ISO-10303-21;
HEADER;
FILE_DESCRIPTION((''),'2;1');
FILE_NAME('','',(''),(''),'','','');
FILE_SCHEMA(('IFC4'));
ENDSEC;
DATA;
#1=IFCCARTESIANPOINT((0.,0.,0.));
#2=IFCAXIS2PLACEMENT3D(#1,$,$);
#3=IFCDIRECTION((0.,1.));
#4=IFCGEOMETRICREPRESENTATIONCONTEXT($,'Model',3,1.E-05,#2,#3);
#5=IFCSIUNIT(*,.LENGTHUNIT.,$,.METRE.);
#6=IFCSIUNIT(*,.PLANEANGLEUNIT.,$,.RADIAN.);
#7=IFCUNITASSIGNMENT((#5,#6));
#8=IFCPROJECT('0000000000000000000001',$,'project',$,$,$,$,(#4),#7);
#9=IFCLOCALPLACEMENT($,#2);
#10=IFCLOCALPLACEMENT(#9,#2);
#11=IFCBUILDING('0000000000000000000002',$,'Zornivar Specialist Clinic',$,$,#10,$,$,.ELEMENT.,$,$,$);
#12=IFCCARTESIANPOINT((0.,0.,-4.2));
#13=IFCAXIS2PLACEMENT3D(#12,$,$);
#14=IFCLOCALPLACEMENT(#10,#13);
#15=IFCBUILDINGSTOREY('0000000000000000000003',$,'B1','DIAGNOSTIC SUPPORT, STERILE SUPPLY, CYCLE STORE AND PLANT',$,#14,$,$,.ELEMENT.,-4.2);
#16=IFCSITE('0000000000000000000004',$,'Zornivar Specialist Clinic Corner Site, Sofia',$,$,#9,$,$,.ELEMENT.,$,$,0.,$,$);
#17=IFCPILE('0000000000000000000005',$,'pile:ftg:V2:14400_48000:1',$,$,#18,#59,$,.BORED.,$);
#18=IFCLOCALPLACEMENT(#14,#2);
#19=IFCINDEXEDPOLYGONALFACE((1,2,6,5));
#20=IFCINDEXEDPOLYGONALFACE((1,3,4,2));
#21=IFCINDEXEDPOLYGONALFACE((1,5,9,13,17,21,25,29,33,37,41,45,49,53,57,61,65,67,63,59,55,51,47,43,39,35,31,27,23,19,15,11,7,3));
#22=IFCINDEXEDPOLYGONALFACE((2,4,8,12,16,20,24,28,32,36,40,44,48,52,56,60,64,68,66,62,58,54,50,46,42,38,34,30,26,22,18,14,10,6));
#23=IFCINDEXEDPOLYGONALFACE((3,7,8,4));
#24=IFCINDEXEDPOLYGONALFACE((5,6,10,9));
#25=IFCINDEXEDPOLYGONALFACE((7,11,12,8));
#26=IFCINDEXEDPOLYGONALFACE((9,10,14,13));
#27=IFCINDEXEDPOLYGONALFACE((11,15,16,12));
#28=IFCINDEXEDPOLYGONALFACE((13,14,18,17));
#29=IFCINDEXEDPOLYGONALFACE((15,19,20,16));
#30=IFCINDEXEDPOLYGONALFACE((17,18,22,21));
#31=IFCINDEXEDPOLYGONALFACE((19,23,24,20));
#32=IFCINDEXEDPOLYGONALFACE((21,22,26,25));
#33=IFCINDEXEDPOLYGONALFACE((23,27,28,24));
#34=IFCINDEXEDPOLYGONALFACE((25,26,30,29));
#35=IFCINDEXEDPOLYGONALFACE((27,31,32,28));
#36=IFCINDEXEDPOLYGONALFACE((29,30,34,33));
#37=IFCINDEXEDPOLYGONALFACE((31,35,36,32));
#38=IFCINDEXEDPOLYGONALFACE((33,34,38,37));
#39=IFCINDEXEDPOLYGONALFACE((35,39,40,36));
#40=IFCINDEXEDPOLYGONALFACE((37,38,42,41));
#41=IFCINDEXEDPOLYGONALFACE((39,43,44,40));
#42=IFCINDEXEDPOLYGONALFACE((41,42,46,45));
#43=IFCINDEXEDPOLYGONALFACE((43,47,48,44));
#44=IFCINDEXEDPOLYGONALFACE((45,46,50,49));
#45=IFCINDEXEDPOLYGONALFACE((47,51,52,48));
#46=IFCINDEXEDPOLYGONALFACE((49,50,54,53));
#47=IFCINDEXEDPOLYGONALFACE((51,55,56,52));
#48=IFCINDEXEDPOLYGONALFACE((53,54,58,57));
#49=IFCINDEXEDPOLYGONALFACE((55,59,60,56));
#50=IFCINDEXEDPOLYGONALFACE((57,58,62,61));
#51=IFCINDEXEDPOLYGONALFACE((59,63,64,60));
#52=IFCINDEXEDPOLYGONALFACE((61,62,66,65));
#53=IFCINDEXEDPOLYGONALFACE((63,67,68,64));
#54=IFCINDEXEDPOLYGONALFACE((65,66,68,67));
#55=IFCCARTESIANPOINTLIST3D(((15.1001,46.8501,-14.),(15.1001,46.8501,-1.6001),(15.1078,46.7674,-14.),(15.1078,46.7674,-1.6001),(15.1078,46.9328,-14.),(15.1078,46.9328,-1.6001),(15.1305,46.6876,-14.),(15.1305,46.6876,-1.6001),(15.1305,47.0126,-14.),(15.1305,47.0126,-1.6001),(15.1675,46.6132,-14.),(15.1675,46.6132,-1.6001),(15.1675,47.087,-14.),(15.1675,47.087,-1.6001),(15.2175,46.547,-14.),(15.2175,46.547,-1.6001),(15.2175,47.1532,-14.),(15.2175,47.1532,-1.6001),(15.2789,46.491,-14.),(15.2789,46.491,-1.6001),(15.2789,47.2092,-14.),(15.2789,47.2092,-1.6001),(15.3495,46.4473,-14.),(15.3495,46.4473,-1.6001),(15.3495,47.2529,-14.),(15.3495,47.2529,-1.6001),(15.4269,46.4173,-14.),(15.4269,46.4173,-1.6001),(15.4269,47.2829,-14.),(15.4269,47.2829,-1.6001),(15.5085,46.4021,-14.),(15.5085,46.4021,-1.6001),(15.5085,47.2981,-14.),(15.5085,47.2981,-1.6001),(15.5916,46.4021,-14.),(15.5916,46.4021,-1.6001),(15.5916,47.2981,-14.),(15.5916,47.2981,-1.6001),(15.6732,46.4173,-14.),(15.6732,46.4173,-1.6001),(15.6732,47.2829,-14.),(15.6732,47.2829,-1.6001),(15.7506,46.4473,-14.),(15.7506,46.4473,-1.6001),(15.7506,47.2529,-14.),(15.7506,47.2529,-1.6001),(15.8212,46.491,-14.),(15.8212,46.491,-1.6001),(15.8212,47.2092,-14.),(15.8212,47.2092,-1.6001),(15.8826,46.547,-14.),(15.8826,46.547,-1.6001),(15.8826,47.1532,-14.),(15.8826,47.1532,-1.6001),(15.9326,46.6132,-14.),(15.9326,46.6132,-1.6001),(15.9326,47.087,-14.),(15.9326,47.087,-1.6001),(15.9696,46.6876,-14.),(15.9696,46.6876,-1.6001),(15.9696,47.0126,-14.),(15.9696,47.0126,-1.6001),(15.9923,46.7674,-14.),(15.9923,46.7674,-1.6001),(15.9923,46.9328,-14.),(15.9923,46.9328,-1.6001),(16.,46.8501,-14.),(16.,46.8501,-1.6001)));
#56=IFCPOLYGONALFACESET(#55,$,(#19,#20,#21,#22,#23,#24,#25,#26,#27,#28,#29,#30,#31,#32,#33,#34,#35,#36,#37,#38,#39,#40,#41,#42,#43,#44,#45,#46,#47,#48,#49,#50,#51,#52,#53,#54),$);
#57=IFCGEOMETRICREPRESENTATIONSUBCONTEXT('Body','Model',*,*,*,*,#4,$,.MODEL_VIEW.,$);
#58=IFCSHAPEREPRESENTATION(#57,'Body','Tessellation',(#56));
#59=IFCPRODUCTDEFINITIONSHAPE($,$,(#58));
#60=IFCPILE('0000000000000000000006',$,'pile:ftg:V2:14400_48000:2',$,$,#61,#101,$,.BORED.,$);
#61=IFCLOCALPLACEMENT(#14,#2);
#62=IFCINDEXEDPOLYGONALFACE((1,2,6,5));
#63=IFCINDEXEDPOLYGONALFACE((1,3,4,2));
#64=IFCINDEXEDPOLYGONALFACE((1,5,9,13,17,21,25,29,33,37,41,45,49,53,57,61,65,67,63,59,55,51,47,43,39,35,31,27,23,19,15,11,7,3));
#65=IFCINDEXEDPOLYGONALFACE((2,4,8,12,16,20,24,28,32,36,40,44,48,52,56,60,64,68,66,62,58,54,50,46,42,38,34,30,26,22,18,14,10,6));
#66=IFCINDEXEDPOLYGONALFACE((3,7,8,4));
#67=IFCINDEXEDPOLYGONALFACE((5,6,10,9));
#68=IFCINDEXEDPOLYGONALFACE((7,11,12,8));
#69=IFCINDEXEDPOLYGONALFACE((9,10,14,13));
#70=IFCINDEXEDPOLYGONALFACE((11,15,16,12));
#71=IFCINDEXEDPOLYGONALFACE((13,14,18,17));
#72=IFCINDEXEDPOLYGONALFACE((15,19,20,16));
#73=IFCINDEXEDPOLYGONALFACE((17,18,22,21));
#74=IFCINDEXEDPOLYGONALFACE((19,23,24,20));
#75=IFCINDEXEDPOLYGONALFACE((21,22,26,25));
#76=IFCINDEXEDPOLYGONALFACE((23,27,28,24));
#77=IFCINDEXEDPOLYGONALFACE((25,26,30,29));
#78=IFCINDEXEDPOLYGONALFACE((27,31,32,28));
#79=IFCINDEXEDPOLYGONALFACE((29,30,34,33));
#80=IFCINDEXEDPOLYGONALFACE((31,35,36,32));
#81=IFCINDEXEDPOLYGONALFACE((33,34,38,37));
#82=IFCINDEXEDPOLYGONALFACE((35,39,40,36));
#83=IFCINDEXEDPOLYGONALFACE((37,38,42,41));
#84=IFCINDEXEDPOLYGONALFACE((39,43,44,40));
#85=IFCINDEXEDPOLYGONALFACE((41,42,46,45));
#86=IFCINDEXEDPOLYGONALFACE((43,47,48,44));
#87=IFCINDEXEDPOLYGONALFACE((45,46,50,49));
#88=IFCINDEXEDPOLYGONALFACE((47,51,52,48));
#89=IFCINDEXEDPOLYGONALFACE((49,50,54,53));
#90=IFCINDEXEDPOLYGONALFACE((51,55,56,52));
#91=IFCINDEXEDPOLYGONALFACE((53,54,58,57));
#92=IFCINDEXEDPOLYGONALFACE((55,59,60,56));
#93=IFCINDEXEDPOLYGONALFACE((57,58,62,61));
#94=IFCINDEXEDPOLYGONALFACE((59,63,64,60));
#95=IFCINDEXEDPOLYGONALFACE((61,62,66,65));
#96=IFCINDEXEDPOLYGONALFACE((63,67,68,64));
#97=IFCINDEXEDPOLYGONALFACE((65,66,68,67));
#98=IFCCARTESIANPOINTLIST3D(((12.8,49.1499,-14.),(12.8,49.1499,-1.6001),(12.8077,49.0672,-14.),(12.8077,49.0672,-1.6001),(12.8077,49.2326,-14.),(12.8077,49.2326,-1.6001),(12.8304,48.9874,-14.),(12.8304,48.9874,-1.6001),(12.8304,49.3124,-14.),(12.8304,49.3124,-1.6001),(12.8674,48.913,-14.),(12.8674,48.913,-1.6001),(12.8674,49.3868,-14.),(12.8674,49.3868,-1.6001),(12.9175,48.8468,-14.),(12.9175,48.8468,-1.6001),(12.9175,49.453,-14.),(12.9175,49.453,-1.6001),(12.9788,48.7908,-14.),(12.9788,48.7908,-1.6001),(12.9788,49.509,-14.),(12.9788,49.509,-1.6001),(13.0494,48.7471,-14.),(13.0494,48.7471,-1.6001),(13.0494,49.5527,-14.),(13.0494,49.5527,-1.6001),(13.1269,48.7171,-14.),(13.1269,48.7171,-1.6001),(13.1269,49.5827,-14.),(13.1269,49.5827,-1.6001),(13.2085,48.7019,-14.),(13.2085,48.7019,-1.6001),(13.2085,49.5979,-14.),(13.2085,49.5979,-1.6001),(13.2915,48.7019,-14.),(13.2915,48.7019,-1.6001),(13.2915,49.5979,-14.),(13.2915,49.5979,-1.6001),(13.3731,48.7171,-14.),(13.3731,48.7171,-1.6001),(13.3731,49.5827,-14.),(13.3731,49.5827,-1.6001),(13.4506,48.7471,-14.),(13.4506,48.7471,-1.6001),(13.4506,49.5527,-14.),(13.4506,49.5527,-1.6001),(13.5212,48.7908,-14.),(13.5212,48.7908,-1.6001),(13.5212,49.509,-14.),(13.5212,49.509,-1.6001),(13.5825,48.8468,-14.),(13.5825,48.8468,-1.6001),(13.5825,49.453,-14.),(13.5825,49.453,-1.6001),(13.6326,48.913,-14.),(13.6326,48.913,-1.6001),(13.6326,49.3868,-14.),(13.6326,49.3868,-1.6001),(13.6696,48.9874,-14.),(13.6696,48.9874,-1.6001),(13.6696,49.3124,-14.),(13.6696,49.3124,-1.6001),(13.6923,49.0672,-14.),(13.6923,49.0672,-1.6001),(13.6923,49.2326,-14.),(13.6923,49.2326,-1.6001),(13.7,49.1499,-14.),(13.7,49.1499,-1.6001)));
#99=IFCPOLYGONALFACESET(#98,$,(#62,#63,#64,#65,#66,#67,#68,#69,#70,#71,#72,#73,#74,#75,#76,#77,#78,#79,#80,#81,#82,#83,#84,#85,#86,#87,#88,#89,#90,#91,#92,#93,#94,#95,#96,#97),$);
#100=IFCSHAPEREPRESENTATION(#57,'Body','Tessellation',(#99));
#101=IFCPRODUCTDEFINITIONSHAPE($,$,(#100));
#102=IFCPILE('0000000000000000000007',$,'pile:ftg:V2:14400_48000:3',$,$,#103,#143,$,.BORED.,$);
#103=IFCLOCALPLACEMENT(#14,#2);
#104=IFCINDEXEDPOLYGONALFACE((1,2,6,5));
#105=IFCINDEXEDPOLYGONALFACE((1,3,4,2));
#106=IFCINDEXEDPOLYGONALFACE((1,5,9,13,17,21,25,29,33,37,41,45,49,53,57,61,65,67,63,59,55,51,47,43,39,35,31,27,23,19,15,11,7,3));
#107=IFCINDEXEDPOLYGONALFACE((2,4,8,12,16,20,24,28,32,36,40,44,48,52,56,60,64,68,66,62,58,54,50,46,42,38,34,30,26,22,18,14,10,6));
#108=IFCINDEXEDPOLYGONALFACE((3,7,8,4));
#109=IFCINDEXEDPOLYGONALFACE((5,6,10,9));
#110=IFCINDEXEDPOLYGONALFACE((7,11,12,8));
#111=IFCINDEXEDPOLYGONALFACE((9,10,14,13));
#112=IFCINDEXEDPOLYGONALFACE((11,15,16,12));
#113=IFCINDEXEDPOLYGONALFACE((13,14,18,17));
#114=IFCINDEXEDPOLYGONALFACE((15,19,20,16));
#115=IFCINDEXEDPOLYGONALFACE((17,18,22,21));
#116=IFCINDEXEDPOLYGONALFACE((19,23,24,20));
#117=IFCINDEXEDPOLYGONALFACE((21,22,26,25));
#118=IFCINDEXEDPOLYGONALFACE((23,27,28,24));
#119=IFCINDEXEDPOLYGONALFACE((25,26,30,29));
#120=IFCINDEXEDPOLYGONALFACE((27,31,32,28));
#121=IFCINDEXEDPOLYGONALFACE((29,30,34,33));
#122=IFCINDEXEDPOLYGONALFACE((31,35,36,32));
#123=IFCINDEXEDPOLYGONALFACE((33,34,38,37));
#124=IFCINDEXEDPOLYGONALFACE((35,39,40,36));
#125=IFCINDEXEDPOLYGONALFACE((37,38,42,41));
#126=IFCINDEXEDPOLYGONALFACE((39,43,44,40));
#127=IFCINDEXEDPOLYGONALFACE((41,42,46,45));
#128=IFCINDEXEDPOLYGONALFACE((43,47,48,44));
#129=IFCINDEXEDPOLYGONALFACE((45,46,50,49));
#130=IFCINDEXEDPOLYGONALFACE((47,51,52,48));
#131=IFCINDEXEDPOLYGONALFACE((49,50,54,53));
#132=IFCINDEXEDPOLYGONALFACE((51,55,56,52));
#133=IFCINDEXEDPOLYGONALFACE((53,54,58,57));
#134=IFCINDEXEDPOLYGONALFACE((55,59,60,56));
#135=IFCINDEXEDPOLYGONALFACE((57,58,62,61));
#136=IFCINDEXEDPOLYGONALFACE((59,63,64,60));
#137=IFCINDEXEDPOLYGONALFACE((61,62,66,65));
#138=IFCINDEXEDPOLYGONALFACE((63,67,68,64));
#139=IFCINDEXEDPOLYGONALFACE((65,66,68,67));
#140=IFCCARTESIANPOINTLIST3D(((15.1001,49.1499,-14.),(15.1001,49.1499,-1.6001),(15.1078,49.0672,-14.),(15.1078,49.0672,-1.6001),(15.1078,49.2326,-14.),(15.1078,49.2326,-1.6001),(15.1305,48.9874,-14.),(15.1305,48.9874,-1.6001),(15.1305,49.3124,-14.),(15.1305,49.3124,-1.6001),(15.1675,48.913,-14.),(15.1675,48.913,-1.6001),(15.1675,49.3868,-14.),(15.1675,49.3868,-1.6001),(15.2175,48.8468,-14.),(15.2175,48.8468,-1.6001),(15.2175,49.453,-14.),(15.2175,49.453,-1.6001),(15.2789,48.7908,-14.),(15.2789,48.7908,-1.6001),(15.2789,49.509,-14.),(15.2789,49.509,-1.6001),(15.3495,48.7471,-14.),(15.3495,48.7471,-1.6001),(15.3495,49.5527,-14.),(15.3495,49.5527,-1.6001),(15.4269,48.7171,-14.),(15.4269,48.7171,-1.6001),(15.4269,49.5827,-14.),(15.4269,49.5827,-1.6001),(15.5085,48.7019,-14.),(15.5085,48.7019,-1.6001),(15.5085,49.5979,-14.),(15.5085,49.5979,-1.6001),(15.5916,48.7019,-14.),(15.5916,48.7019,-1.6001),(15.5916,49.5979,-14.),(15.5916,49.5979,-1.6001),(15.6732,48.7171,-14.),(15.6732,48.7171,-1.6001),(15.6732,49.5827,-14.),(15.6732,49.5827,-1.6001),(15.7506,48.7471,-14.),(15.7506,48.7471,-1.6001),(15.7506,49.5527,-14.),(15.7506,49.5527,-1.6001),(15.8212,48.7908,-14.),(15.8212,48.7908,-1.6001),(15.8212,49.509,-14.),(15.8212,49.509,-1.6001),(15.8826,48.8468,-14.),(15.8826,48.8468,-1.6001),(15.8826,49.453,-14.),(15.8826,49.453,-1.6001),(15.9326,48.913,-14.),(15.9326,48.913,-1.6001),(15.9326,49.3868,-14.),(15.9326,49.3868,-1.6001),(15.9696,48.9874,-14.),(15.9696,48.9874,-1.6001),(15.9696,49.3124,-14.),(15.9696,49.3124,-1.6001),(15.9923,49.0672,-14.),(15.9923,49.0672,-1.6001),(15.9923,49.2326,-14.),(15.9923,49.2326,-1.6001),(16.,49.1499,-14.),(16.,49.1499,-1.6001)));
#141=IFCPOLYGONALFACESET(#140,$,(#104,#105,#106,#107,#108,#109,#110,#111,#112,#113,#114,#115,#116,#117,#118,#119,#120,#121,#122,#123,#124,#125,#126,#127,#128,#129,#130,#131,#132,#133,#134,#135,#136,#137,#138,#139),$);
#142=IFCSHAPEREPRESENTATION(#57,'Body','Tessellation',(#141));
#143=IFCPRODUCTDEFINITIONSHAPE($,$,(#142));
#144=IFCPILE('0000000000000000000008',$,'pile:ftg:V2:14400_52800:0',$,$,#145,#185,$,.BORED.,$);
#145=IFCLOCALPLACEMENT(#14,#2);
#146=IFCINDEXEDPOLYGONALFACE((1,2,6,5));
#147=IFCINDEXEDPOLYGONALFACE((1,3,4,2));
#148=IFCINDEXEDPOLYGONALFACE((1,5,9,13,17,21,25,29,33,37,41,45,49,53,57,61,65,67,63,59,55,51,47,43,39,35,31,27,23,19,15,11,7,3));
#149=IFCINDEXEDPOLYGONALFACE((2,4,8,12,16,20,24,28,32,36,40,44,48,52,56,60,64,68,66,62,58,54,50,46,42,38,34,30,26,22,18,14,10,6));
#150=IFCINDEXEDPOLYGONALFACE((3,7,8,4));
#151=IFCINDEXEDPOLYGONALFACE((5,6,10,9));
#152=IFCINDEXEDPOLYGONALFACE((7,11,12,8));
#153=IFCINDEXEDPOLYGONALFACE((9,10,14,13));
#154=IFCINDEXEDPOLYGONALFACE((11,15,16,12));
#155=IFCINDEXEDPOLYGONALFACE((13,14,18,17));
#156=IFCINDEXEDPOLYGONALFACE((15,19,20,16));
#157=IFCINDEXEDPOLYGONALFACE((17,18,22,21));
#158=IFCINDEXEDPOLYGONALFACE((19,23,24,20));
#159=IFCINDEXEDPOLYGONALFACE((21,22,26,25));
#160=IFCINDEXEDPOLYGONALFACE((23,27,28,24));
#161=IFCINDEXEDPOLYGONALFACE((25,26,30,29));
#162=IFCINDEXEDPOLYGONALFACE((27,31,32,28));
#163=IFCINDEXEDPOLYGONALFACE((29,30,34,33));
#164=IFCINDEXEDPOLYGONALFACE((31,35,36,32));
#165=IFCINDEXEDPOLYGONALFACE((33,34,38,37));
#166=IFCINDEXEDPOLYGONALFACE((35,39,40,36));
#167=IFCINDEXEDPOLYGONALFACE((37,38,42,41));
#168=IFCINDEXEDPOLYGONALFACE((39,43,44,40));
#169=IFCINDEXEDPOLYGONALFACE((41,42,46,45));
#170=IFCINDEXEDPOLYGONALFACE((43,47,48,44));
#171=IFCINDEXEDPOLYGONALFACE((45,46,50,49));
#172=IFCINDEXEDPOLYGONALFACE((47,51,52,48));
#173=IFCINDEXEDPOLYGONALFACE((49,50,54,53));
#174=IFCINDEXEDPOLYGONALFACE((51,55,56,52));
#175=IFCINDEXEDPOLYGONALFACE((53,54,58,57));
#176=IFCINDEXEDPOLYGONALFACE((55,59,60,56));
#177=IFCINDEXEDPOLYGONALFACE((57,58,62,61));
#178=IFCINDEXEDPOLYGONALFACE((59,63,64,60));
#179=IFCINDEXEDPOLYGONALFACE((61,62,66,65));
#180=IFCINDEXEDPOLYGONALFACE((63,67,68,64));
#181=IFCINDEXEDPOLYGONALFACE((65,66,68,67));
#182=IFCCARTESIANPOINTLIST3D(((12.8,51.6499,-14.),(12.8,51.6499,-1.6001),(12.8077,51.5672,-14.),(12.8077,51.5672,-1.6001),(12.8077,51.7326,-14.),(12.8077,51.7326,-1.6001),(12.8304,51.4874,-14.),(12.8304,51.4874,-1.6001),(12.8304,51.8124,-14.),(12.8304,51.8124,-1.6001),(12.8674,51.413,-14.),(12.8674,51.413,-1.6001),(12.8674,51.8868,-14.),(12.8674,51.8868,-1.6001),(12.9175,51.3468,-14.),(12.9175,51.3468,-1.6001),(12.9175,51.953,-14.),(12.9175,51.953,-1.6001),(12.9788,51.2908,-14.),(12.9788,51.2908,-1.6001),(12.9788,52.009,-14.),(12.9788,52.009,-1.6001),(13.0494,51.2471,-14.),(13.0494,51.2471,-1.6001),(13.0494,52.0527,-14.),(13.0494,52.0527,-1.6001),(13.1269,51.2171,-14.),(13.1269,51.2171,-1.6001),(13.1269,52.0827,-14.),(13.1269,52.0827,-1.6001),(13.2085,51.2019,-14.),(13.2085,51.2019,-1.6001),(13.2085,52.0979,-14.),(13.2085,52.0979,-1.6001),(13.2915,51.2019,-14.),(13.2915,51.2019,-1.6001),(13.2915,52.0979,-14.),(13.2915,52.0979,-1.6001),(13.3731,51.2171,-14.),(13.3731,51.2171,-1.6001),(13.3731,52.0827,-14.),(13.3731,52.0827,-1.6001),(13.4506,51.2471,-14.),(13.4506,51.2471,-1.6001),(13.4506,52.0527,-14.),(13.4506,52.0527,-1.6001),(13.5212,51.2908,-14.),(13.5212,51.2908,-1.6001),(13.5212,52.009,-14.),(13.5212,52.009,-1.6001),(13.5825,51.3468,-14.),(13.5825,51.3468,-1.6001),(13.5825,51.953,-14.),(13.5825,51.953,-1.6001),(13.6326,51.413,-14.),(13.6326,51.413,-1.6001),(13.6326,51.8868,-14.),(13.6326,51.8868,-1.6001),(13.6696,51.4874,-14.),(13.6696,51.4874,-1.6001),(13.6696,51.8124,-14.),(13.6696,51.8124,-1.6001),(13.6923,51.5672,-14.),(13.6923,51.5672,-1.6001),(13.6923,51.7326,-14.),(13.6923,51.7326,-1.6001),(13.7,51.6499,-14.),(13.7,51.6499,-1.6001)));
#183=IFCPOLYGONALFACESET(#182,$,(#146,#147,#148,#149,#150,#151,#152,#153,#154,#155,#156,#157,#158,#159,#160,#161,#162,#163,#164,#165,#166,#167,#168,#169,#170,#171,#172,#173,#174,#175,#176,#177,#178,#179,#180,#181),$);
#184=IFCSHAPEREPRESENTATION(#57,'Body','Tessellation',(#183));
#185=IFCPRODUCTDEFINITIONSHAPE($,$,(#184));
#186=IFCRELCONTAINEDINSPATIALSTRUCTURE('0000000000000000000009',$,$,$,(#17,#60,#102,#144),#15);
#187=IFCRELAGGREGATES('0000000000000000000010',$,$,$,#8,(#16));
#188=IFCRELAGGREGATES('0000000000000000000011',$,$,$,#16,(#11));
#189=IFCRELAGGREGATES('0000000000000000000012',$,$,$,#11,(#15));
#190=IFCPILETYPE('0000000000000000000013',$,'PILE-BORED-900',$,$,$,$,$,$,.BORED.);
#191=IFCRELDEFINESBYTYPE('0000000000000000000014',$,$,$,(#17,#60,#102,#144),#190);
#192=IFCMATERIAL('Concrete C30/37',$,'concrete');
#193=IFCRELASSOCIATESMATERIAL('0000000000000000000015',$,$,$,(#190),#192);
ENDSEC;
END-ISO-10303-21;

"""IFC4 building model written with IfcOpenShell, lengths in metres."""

from ifc_helpers import new_model, si_unit, direction, frame, origin, origin_2d, place, context, subcontext, project, spatial, circle, extrude, material, material_profile, profile_set, type_object, element, save


model = new_model("IFC4")

# Units and contexts
model_context = context("Model", 3, precision=1e-05, world=origin(), true_north=direction((0.0, 1.0)))
body_context = subcontext(model_context, "Body", "Model", "MODEL_VIEW")
ifc_project = project(units=[si_unit("LENGTHUNIT", "METRE"), si_unit("PLANEANGLEUNIT", "RADIAN")], contexts=[model_context])

# Site, building, storey
site_placement = place(None, origin())
site = spatial("IfcSite", under=ifc_project, at=site_placement, Name="Zornivar Specialist Clinic Corner Site, Sofia", CompositionType="ELEMENT", RefElevation=0.0)
building_placement = place(site_placement, origin())
building = spatial("IfcBuilding", under=site, at=building_placement, Name="Zornivar Specialist Clinic", CompositionType="ELEMENT")
storey_placement = place(building_placement, frame((0.0, 0.0, -4.2)))
storey = spatial("IfcBuildingStorey", under=building, at=storey_placement, Name="B1", Description="DIAGNOSTIC SUPPORT, STERILE SUPPLY, CYCLE STORE AND PLANT", CompositionType="ELEMENT", Elevation=-4.2)

# Piles
ifc_material_1 = material(Name="Concrete C30/37", Category="concrete")
ifc_material_profile_1 = material_profile(ifc_material_1, circle(Radius=0.45, at=origin_2d()), Name="PILE D900")
ifc_profile_set_1 = profile_set([ifc_material_profile_1], Name="Concrete C30/37")
pile_type_1 = type_object("IfcPileType", Name="PILE-BORED-900", PredefinedType="BORED", material=ifc_profile_set_1)
for number, where, z_axis, x_axis, name in (
    (1, (15.55, 46.8501, -1.6001), (0.0, 0.0, -1.0), (1.0, 0.0, 0.0), "pile:ftg:V2:14400_48000:1"),
    (2, (13.25, 49.1499, -1.6001), (0.0, 0.0, -1.0), (1.0, 0.0, 0.0), "pile:ftg:V2:14400_48000:2"),
    (3, (15.55, 49.1499, -1.6001), (0.0, 0.0, -1.0), (1.0, 0.0, 0.0), "pile:ftg:V2:14400_48000:3"),
    (4, (13.25, 51.6499, -1.6001), (0.0, 0.0, -1.0), (1.0, 0.0, 0.0), "pile:ftg:V2:14400_52800:0"),
):
    element("IfcPile", number, at=place(storey_placement, frame(where, z_axis=z_axis, x_axis=x_axis)), inside=storey, type_object=pile_type_1, Name=name, PredefinedType="BORED", context=body_context, shape_type="SweptSolid", body=[
        extrude(circle(Radius=0.45, at=origin_2d()), origin(), (0.0, 0.0, 1.0), 12.3999),
    ])

save(model, "model.ifc")
